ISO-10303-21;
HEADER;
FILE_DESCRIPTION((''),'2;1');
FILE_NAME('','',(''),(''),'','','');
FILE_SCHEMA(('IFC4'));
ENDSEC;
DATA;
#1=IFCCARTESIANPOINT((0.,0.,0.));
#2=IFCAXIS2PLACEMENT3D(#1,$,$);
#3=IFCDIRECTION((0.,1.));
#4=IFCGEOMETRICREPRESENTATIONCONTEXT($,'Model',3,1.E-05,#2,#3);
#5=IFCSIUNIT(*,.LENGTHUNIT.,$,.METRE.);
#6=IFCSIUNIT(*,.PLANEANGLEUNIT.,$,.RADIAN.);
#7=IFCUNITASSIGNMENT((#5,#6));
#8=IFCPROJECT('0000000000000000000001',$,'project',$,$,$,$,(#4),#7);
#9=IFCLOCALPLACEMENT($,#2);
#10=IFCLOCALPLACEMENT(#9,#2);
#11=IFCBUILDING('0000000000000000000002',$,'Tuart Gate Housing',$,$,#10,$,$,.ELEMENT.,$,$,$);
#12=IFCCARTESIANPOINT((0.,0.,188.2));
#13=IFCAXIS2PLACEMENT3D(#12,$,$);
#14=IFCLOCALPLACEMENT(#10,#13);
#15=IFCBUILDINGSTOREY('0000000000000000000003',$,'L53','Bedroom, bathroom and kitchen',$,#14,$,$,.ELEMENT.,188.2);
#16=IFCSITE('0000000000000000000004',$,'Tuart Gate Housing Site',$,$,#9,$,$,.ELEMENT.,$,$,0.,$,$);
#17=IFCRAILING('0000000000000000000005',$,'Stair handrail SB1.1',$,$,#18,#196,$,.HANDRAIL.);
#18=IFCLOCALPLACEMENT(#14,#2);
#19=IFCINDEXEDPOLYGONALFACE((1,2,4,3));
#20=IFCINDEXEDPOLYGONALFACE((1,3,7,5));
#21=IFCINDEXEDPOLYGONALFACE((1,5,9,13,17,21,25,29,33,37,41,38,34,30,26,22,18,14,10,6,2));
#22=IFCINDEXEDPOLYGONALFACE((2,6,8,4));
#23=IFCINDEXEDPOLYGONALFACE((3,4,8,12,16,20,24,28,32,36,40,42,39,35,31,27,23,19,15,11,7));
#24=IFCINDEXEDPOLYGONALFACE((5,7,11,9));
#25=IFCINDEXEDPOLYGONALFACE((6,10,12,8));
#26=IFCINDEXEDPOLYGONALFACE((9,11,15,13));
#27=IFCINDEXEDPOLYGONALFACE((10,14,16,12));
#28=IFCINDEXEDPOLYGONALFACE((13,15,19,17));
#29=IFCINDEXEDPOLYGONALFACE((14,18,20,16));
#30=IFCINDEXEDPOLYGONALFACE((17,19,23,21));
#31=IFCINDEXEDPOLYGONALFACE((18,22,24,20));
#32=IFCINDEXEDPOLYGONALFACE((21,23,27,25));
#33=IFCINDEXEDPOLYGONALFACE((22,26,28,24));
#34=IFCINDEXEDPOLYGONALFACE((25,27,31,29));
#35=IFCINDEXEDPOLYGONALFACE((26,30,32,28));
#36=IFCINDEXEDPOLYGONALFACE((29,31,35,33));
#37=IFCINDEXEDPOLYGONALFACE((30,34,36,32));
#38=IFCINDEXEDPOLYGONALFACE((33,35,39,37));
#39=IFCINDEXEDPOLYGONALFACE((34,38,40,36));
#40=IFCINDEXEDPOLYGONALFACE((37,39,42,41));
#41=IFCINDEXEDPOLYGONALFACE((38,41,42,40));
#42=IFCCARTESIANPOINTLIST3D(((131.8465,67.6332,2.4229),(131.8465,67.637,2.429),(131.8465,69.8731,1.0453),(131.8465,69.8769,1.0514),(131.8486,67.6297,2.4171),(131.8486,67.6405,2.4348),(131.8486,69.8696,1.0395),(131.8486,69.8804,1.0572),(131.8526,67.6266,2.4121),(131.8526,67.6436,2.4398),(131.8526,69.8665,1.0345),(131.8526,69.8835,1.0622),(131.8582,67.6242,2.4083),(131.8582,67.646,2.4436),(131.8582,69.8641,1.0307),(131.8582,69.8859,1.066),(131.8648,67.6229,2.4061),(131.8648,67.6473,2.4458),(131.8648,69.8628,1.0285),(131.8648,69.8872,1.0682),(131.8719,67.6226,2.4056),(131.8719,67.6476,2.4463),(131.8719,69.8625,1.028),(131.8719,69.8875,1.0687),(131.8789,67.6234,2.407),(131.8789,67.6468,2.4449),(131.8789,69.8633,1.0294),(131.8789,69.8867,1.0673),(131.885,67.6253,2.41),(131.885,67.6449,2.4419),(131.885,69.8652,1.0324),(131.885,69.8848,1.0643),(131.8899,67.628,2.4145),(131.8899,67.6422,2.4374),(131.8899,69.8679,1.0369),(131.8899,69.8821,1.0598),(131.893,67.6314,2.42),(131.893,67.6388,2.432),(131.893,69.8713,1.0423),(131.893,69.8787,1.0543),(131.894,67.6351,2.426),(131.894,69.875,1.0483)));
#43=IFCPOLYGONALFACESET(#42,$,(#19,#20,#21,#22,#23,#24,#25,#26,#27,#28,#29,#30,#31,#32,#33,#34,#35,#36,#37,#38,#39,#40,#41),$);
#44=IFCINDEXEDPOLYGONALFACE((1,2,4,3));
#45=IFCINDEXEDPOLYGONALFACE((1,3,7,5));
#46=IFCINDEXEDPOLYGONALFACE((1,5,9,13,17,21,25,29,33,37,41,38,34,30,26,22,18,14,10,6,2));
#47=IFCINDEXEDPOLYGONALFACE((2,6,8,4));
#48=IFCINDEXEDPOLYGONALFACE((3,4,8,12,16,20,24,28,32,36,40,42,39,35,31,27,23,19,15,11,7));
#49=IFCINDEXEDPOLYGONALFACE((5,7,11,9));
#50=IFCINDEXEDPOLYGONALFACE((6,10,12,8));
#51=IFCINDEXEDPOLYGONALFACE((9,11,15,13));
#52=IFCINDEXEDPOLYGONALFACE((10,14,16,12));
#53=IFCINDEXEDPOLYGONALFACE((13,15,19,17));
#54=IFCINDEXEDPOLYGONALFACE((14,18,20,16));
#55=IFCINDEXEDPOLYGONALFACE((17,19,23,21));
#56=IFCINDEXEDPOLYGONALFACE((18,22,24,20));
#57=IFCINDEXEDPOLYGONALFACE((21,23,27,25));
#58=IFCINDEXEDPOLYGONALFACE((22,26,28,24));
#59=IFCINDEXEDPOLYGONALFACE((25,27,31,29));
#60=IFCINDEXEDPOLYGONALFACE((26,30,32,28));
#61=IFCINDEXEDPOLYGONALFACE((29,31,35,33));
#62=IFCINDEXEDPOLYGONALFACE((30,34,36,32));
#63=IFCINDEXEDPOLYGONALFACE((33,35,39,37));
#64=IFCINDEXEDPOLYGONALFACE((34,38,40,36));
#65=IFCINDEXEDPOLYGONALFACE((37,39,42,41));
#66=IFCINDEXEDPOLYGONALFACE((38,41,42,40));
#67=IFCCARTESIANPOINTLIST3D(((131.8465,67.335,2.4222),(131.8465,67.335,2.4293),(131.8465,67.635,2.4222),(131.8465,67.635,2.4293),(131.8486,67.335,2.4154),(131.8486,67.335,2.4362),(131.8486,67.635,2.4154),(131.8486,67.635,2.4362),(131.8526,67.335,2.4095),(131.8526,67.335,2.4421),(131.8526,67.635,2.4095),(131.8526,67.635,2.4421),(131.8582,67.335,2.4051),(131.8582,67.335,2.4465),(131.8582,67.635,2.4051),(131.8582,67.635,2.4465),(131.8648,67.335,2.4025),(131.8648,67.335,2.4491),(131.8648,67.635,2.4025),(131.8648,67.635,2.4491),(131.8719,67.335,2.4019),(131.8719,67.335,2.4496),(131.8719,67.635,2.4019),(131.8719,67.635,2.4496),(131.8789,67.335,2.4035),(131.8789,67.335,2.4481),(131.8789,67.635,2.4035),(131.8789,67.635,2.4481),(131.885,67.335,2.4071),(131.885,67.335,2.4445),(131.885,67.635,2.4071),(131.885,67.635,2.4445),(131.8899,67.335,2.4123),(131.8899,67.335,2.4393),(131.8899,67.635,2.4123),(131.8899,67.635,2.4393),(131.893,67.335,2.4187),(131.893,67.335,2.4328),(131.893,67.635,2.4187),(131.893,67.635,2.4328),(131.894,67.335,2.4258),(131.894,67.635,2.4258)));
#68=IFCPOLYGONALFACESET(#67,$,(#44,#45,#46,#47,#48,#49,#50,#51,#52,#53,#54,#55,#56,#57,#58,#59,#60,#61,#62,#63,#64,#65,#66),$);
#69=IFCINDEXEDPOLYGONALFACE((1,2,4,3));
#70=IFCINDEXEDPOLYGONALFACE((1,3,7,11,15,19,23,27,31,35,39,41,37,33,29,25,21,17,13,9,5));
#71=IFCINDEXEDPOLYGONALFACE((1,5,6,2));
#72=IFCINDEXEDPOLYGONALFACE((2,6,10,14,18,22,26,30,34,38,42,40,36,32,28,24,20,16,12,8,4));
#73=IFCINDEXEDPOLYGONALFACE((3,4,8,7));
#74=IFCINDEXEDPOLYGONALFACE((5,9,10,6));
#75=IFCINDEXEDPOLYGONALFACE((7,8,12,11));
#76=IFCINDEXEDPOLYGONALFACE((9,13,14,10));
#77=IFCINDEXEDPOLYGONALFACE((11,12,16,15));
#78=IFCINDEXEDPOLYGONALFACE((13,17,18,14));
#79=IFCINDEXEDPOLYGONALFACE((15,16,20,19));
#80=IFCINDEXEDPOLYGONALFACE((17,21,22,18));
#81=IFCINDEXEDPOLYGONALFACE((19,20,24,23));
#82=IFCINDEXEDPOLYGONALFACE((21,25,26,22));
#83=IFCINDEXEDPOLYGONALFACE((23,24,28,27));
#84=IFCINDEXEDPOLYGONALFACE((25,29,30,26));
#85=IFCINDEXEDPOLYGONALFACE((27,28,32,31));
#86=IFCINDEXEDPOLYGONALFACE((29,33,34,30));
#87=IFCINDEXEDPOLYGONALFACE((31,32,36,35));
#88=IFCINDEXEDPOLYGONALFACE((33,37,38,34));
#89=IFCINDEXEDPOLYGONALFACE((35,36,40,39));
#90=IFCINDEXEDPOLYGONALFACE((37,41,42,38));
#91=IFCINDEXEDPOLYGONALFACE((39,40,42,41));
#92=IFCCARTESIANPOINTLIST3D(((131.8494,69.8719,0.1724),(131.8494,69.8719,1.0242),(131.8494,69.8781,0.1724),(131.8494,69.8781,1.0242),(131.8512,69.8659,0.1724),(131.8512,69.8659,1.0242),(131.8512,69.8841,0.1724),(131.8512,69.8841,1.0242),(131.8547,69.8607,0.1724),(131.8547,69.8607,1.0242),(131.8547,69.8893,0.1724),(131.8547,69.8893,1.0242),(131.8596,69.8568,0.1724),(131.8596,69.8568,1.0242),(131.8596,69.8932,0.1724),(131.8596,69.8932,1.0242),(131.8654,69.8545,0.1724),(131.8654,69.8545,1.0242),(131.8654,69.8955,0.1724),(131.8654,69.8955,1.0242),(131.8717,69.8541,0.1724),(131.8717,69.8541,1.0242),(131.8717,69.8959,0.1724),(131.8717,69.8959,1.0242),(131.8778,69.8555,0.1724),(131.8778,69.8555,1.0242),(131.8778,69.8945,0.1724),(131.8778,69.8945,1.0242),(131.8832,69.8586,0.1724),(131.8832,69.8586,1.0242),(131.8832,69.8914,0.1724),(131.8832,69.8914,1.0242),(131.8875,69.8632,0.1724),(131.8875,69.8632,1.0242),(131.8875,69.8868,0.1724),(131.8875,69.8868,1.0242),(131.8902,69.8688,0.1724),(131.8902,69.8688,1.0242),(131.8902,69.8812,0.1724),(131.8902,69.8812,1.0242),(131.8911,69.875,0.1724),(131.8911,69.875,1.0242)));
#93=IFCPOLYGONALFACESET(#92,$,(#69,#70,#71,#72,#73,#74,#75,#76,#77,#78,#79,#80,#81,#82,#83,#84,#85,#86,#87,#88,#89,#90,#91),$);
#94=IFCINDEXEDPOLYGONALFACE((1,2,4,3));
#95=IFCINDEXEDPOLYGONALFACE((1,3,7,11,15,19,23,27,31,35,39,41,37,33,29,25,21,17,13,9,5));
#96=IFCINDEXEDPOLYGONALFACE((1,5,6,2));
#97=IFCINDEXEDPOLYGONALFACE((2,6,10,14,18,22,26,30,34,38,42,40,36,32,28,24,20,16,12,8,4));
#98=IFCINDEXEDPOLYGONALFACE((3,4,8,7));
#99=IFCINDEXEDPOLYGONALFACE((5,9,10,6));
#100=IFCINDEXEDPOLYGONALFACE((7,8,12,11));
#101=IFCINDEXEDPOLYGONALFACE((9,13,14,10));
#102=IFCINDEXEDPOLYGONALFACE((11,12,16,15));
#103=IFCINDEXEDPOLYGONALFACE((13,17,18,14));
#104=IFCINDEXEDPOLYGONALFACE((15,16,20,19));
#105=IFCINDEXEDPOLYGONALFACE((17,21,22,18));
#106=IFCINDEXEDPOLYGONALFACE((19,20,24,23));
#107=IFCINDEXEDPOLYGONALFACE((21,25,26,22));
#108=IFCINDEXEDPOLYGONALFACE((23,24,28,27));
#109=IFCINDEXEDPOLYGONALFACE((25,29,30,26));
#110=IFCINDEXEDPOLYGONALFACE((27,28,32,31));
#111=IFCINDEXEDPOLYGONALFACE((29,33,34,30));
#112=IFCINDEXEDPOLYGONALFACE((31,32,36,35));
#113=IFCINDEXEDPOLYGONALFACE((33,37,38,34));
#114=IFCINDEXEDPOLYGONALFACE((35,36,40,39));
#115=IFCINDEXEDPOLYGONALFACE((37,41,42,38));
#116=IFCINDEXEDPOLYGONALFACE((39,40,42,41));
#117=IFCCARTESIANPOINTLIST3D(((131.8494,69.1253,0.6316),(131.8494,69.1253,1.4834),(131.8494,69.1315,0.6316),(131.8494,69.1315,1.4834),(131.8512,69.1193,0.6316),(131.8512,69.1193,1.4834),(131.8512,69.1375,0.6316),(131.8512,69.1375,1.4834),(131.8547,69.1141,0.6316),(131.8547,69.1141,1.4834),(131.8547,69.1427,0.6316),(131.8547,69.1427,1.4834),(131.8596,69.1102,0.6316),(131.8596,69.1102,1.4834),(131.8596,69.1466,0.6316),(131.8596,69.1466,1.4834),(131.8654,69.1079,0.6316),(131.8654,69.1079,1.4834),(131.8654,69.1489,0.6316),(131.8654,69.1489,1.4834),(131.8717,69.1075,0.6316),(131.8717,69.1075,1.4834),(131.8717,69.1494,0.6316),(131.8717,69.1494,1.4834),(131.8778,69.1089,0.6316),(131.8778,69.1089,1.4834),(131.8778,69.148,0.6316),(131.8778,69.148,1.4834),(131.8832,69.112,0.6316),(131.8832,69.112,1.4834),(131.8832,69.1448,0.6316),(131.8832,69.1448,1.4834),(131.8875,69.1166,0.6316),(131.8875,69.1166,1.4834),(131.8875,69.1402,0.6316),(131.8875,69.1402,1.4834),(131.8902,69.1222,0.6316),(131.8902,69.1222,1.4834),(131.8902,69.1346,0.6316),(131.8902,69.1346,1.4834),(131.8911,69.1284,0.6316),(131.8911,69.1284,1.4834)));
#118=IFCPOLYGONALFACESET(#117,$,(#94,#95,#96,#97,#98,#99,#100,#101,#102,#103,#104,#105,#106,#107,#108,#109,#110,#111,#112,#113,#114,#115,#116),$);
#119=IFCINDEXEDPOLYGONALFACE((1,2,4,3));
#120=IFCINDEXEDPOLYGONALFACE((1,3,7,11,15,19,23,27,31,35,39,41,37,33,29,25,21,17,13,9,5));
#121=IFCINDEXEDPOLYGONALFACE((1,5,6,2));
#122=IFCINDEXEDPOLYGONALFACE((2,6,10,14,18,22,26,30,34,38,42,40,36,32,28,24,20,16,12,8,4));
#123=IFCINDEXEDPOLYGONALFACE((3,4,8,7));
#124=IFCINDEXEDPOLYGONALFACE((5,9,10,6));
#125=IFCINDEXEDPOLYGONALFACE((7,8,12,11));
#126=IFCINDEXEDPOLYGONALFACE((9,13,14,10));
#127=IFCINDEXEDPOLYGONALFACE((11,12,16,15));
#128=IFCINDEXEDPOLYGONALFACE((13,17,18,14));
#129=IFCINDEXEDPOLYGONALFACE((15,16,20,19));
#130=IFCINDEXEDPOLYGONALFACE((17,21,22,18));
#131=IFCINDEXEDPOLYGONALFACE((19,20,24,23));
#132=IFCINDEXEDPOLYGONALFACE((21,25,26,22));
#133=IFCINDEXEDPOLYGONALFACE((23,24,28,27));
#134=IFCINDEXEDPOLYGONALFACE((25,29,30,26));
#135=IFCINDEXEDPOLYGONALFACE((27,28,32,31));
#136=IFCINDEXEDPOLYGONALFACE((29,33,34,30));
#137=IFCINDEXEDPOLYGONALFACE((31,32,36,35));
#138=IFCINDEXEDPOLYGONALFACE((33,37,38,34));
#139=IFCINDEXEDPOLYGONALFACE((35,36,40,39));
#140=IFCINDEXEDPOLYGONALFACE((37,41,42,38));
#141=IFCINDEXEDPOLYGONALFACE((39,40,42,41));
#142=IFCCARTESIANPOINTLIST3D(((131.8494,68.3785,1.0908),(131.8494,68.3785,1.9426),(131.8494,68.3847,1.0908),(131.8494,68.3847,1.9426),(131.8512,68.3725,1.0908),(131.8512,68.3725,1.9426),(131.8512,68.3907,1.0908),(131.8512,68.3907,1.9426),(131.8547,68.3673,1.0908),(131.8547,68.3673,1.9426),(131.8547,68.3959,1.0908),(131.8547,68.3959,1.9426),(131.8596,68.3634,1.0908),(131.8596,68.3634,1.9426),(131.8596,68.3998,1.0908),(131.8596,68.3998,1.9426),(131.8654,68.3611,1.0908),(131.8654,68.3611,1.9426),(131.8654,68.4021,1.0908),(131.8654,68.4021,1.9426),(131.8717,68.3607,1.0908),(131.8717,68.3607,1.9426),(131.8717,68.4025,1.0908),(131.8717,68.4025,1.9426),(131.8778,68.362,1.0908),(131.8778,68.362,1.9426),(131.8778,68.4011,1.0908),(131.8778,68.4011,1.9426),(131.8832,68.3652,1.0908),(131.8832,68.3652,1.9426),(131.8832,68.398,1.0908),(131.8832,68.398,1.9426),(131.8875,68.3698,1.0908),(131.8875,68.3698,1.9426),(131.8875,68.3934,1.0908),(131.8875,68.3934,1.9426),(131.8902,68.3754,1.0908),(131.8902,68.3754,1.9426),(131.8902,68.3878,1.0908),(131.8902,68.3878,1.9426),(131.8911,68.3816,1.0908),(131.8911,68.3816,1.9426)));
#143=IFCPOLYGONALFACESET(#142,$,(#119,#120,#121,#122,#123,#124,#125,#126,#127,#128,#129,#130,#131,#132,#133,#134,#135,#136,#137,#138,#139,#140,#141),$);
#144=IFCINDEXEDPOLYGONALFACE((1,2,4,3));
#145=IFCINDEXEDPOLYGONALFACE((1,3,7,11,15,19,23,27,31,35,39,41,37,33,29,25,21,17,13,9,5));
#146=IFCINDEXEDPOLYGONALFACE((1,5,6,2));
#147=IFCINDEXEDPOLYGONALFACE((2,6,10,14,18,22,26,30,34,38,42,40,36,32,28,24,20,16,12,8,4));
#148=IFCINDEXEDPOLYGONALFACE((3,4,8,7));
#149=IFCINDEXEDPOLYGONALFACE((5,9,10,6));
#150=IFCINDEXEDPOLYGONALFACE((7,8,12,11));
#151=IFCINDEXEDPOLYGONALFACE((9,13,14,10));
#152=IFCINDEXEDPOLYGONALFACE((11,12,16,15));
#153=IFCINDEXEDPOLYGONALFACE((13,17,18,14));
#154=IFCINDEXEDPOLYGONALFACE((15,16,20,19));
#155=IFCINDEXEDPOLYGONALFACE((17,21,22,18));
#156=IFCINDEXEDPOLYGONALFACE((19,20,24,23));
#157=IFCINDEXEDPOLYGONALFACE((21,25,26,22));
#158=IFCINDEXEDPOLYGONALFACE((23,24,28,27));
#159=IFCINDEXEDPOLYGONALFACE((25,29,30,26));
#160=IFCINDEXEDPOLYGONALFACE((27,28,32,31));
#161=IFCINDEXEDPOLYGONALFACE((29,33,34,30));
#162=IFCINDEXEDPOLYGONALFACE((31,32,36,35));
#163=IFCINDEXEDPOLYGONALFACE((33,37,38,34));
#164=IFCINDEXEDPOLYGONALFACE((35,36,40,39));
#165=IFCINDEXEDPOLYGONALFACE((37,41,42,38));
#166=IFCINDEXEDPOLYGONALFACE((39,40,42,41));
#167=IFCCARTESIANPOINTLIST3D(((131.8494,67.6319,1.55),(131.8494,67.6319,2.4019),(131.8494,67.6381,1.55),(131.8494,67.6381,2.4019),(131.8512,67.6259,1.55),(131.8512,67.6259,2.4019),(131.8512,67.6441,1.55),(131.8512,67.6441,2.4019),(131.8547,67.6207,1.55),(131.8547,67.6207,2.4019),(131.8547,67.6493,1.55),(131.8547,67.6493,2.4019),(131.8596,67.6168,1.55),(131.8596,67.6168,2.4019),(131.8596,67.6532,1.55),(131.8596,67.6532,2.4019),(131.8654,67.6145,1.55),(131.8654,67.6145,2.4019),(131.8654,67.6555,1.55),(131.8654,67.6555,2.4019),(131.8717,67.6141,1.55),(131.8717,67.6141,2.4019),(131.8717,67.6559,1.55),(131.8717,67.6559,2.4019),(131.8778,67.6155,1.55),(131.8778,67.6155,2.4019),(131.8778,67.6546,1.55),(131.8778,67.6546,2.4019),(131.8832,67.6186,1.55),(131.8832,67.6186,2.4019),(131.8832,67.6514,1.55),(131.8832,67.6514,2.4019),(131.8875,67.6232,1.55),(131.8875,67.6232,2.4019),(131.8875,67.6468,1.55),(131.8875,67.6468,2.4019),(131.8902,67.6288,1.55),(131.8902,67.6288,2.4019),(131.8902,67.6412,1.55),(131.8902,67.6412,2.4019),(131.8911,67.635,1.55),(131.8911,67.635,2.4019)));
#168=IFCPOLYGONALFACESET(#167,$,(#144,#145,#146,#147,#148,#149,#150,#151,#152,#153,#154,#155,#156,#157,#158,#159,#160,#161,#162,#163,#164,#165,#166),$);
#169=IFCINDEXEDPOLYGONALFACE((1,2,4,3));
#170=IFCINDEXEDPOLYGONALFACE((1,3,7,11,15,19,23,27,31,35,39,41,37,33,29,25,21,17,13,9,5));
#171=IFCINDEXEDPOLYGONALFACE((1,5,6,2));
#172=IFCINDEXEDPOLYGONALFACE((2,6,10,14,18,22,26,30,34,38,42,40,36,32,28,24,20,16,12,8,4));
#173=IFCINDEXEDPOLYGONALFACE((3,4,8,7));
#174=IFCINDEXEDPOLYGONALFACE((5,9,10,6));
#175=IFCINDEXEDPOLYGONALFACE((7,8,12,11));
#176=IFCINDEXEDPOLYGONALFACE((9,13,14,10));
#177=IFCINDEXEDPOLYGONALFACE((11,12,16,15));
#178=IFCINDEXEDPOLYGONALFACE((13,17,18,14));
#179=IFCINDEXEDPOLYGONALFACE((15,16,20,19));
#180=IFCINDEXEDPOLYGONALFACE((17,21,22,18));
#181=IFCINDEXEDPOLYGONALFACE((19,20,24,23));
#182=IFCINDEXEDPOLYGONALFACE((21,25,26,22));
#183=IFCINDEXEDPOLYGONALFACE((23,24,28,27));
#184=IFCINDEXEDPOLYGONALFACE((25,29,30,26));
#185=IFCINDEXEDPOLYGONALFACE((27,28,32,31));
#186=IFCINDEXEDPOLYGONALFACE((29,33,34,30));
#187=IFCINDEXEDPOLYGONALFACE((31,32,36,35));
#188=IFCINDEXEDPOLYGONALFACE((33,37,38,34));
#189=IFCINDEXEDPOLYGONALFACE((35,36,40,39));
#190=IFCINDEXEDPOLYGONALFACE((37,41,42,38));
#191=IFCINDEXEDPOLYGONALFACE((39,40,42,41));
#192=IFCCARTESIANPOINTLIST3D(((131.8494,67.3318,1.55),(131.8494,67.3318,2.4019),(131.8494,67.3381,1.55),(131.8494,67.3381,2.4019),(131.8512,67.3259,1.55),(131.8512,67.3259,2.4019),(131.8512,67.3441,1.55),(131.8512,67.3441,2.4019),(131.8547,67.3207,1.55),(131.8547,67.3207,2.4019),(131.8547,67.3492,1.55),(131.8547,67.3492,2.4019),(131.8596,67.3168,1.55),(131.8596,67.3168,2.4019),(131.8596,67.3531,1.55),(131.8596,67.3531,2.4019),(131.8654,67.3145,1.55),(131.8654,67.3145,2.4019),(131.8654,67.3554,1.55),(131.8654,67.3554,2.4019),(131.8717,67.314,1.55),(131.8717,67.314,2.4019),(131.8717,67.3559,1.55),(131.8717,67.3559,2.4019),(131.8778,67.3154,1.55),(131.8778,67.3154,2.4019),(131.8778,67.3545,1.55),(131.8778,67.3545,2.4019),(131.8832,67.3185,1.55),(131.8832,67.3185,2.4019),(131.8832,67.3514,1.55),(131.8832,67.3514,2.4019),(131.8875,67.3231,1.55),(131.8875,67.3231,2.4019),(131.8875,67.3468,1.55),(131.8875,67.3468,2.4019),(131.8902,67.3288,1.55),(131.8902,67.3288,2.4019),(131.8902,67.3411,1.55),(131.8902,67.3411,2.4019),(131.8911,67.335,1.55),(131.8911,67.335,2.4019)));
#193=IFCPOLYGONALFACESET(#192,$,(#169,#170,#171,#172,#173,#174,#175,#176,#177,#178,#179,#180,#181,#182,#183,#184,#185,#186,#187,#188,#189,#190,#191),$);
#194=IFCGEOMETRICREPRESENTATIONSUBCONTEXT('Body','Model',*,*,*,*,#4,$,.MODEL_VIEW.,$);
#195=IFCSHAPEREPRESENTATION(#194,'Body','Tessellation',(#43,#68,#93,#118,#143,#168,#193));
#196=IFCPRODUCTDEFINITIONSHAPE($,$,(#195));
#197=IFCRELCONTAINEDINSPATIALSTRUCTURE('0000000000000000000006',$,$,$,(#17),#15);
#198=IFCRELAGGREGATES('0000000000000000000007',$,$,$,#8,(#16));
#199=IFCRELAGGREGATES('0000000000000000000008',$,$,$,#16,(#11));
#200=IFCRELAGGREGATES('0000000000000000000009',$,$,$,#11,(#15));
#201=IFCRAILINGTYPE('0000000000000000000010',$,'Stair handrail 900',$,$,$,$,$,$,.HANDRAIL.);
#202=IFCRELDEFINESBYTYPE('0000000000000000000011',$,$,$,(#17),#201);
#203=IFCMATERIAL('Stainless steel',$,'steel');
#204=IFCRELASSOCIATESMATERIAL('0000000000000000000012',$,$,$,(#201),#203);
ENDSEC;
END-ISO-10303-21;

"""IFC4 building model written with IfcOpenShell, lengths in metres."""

from ifc_helpers import new_model, si_unit, direction, frame, origin, origin_2d, place, context, subcontext, project, spatial, circle, extrude, material, type_object, element, save


model = new_model("IFC4")

# Units and contexts
model_context = context("Model", 3, precision=1e-05, world=origin(), true_north=direction((0.0, 1.0)))
body_context = subcontext(model_context, "Body", "Model", "MODEL_VIEW")
ifc_project = project(units=[si_unit("LENGTHUNIT", "METRE"), si_unit("PLANEANGLEUNIT", "RADIAN")], contexts=[model_context])

# Site, building, storey
site_placement = place(None, origin())
site = spatial("IfcSite", under=ifc_project, at=site_placement, Name="Tuart Gate Housing Site", CompositionType="ELEMENT", RefElevation=0.0)
building_placement = place(site_placement, origin())
building = spatial("IfcBuilding", under=site, at=building_placement, Name="Tuart Gate Housing", CompositionType="ELEMENT")
storey_placement = place(building_placement, frame((0.0, 0.0, 188.2)))
storey = spatial("IfcBuildingStorey", under=building, at=storey_placement, Name="L53", Description="Bedroom, bathroom and kitchen", CompositionType="ELEMENT", Elevation=188.2)

# Railing
ifc_material_1 = material(Name="Stainless steel", Category="steel")
railing_type = type_object("IfcRailingType", Name="Stair handrail 900", PredefinedType="HANDRAIL", material=ifc_material_1)
railing_placement = place(storey_placement, frame((131.8701, 69.875, 0.1724)))
element("IfcRailing", 1, at=railing_placement, inside=storey, type_object=railing_type, Name="Stair handrail SB1.1", PredefinedType="HANDRAIL", context=body_context, shape_type="SweptSolid", body=[
    extrude(circle(Radius=0.0239, at=origin_2d()), frame((0.0, 0.0, 0.876), z_axis=(0.0, -0.851789, 0.523885), x_axis=(1.0, 0.0, 0.0)), (0.0, 0.0, 1.0), 2.6296),
    extrude(circle(Radius=0.0239, at=origin_2d()), frame((0.0, -2.24, 2.2534), z_axis=(0.0, -1.0, 0.0), x_axis=(1.0, 0.0, 0.0)), (0.0, 0.0, 1.0), 0.3),
    extrude(circle(Radius=0.021, at=origin_2d()), origin(), (0.0, 0.0, 1.0), 0.8518),
    extrude(circle(Radius=0.021, at=origin_2d()), frame((0.0, -0.7466, 0.4592)), (0.0, 0.0, 1.0), 0.8518),
    extrude(circle(Radius=0.021, at=origin_2d()), frame((0.0, -1.4934, 0.9185)), (0.0, 0.0, 1.0), 0.8518),
    extrude(circle(Radius=0.021, at=origin_2d()), frame((0.0, -2.24, 1.3777)), (0.0, 0.0, 1.0), 0.8518),
    extrude(circle(Radius=0.021, at=origin_2d()), frame((0.0, -2.54, 1.3777)), (0.0, 0.0, 1.0), 0.8518),
])

save(model, "model.ifc")
